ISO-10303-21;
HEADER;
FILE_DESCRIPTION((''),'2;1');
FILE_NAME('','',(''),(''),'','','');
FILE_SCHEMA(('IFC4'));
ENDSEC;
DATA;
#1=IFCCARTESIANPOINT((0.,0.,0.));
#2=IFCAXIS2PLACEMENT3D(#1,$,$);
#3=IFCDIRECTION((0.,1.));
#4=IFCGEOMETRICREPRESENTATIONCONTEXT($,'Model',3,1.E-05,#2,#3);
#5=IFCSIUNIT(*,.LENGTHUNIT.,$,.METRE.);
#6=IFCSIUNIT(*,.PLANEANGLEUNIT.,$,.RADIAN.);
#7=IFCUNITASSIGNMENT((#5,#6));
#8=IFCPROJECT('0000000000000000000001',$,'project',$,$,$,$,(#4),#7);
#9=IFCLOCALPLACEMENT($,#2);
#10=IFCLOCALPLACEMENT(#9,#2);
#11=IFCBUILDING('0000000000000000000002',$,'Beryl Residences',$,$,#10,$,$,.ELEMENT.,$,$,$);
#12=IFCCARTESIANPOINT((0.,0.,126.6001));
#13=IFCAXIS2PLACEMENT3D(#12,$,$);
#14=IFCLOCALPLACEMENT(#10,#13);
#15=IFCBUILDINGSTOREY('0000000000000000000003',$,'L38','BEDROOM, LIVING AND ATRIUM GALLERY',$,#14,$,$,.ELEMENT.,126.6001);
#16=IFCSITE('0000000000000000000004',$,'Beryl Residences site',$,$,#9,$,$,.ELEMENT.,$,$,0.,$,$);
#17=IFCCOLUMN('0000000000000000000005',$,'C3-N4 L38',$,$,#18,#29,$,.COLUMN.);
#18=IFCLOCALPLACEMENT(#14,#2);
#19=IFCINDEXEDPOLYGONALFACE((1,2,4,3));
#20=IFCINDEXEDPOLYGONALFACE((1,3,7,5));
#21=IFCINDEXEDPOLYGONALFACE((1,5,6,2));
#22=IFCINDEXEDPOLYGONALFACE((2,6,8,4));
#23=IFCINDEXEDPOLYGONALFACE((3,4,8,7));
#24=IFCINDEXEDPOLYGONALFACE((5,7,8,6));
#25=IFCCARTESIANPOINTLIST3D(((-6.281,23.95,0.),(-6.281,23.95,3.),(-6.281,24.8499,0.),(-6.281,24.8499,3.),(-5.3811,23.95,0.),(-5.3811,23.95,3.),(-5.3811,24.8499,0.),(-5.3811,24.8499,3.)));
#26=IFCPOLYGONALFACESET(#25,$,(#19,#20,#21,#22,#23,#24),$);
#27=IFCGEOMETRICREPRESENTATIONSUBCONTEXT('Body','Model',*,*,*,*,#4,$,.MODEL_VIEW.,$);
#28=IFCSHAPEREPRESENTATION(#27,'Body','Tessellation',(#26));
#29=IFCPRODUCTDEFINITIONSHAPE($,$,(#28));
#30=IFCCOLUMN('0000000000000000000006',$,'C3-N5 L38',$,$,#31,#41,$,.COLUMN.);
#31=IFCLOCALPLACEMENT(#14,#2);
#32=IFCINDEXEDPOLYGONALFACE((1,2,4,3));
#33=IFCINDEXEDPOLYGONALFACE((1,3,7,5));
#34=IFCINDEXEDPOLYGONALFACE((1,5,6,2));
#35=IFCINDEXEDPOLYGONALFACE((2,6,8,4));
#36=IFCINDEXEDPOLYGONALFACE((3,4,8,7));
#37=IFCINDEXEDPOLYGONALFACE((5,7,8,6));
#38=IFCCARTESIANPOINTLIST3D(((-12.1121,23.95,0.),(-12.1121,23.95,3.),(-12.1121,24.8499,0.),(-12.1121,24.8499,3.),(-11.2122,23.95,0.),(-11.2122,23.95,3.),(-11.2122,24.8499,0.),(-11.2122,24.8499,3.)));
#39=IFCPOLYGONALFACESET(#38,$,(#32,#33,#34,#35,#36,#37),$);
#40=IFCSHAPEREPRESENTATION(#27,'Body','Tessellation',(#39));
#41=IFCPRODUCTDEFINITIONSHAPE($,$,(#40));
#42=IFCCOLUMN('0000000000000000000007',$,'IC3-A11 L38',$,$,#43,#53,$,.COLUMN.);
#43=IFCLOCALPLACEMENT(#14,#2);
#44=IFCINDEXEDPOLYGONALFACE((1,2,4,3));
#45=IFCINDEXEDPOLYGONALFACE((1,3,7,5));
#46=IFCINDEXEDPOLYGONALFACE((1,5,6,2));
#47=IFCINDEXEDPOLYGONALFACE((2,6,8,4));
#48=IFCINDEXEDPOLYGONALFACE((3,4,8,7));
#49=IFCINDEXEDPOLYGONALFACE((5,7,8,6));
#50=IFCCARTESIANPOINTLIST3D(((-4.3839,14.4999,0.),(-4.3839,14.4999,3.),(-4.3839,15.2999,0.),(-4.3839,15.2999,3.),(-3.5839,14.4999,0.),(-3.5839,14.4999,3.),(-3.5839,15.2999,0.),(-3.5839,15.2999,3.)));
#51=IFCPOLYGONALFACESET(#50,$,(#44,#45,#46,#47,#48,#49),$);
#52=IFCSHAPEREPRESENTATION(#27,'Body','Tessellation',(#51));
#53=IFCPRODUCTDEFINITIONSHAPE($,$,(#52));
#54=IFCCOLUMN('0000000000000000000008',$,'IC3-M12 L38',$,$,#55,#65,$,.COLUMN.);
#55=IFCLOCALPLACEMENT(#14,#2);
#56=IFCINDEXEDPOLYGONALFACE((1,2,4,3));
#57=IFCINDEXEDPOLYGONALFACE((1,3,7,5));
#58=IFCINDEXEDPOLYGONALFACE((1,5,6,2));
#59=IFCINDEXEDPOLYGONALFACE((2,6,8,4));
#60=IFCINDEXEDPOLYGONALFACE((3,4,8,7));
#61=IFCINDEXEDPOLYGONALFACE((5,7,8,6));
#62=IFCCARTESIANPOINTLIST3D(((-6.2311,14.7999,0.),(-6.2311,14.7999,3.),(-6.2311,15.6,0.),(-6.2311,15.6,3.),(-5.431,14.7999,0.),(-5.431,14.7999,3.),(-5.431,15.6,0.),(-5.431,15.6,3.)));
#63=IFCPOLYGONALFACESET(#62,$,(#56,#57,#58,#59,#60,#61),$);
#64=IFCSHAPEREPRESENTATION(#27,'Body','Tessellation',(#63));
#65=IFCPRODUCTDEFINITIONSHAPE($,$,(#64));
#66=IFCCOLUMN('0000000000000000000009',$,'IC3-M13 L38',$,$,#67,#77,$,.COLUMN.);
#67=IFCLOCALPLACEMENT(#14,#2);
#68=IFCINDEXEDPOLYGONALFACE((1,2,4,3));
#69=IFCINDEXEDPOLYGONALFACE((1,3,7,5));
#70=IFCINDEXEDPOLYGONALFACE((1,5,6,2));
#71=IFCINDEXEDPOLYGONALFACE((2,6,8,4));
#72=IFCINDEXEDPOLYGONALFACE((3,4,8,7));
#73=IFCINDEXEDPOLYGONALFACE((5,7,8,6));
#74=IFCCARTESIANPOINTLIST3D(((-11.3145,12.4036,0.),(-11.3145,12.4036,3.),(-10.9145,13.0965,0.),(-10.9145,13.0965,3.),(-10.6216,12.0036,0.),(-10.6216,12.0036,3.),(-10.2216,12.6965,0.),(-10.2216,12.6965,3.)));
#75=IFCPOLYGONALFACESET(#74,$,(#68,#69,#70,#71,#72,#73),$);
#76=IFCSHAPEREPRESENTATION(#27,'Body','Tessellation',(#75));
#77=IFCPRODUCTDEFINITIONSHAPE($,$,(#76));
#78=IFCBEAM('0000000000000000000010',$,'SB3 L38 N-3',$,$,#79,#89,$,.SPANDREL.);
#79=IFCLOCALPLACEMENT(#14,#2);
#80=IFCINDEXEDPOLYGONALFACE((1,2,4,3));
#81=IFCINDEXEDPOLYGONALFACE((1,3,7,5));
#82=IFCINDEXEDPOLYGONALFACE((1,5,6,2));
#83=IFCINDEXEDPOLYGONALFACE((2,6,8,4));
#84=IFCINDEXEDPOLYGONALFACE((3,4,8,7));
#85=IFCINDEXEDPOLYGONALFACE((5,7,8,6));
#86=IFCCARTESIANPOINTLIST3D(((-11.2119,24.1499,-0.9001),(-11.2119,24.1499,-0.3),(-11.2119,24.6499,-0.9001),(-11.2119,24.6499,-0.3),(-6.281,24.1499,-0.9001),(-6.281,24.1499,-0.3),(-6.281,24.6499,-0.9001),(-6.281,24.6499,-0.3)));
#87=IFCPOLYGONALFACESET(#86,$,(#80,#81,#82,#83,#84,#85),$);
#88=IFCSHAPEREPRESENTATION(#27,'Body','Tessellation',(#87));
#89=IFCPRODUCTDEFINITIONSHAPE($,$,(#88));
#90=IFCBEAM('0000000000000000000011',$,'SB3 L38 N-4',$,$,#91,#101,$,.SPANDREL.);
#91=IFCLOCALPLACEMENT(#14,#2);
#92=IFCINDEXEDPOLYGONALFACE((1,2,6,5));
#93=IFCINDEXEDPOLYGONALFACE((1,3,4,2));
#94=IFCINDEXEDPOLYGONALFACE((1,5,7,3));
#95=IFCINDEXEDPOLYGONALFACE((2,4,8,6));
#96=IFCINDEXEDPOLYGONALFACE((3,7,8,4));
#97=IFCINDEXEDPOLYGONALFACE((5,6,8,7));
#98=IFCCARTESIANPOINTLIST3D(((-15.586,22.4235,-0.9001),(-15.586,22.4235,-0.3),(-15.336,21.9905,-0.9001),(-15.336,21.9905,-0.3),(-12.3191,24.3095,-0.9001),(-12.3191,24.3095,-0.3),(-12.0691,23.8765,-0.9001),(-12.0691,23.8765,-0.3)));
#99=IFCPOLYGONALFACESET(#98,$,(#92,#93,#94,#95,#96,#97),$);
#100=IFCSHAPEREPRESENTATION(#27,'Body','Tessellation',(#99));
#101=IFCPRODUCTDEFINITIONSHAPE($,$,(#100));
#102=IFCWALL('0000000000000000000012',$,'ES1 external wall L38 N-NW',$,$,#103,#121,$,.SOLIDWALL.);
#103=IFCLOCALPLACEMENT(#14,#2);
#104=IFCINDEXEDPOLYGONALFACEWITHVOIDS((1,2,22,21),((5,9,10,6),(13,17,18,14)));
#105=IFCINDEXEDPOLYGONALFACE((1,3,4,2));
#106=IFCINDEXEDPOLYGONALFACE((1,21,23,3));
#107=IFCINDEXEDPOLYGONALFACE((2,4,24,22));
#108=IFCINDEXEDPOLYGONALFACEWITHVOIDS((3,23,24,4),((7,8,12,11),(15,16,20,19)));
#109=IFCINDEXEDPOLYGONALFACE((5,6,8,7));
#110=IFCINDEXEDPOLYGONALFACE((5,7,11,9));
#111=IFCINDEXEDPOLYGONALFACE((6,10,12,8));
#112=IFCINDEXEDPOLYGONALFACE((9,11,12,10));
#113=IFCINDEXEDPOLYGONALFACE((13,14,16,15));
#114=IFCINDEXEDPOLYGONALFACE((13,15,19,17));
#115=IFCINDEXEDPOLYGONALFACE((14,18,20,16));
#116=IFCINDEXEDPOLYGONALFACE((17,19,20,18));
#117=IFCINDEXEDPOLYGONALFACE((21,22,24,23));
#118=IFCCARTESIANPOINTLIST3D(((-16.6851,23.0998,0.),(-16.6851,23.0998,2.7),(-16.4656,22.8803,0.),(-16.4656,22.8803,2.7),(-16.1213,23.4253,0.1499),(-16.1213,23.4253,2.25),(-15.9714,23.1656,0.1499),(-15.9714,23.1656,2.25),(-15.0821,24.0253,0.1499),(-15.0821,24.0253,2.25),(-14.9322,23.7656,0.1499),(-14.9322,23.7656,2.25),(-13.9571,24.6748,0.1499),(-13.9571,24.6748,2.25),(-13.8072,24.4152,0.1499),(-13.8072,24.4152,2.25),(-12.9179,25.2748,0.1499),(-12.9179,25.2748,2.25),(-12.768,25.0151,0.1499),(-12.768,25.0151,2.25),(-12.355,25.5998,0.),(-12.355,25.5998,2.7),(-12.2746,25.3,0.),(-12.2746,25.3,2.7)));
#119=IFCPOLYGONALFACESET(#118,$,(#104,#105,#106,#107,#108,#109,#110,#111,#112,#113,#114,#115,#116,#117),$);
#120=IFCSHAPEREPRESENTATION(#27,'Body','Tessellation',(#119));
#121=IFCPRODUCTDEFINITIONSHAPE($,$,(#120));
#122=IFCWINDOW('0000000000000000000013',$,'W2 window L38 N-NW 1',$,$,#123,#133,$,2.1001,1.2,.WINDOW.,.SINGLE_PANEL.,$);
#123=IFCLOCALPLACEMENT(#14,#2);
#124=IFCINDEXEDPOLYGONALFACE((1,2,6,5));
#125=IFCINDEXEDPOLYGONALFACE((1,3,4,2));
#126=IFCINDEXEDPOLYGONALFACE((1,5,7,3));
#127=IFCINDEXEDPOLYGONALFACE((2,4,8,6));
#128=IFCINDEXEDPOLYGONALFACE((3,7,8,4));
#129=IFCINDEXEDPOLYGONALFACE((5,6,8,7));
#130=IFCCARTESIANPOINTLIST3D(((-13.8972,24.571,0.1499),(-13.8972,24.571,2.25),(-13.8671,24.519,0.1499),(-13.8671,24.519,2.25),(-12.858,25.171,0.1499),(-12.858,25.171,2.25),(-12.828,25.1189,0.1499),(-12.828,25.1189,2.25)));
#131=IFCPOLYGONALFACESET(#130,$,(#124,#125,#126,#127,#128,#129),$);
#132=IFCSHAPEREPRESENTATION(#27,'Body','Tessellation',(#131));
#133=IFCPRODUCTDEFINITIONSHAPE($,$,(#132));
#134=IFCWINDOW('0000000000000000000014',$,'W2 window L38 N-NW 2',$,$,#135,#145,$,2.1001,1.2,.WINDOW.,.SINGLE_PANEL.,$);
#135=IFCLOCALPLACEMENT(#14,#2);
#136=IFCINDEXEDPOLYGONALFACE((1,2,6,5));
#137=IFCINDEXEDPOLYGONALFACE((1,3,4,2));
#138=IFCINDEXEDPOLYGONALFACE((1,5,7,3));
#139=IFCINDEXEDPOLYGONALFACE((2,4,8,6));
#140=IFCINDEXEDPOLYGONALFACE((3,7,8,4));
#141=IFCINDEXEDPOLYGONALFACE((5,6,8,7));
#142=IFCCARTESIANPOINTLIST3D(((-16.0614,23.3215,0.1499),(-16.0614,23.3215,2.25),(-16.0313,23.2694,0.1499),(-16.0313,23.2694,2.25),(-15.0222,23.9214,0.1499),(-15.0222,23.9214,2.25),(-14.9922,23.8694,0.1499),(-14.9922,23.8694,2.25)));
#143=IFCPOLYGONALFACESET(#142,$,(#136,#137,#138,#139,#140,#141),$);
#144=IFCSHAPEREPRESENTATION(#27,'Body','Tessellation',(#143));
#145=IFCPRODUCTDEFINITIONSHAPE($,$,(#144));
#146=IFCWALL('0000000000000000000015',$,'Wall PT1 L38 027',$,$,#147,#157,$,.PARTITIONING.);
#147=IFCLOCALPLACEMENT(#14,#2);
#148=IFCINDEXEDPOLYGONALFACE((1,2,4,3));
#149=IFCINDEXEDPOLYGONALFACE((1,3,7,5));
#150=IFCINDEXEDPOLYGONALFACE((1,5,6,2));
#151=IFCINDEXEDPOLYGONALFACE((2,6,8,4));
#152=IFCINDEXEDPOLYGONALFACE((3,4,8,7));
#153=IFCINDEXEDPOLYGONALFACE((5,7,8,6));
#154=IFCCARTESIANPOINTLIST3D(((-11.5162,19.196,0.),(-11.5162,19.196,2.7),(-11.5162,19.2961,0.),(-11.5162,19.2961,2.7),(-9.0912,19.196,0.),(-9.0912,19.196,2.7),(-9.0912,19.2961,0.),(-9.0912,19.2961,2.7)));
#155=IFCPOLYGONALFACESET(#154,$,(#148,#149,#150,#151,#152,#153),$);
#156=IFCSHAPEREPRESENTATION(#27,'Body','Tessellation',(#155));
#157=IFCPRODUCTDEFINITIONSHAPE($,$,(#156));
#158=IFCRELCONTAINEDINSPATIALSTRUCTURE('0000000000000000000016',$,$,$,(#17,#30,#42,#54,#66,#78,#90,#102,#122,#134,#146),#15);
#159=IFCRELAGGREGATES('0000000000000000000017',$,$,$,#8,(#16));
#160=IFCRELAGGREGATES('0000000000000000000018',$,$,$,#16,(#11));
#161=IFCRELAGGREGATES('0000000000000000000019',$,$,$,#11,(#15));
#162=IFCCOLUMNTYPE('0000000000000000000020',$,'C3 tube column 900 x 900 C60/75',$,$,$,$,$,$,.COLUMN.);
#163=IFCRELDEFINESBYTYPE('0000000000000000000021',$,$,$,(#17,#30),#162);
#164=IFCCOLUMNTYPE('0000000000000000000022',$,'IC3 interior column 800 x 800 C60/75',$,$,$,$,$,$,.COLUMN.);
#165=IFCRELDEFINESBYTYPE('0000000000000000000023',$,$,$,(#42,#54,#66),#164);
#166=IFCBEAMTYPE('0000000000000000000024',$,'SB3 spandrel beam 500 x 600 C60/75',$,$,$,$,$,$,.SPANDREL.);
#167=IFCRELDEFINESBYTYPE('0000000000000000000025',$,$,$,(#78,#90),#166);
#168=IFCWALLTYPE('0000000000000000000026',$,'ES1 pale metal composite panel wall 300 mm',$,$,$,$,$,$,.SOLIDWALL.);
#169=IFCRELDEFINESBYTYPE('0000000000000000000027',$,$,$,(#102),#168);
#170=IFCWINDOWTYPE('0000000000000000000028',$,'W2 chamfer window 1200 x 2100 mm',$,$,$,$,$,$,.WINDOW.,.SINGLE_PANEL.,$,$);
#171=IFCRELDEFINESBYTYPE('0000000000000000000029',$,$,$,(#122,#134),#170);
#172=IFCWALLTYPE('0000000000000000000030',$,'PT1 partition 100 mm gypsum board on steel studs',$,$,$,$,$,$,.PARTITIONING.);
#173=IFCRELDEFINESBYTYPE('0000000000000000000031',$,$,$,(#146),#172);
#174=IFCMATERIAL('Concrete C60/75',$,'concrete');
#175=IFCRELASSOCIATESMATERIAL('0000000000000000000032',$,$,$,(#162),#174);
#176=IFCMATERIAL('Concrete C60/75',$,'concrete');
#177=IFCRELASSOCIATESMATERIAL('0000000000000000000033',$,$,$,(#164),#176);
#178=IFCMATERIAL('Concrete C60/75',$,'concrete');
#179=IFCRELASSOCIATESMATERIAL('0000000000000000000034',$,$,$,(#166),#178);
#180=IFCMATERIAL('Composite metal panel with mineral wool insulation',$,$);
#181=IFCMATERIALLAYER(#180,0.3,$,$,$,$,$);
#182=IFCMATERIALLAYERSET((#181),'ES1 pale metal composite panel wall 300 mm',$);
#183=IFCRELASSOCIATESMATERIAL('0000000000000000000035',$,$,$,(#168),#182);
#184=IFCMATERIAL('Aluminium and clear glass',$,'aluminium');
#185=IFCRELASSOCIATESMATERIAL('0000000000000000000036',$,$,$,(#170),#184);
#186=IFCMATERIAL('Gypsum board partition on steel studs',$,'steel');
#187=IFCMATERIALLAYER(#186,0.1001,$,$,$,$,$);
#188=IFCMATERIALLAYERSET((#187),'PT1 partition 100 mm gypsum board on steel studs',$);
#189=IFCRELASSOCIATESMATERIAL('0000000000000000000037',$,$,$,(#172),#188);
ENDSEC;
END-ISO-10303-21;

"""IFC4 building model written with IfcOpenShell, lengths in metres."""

from ifc_helpers import new_model, si_unit, direction, frame, frame_2d, origin, origin_2d, place, context, subcontext, project, spatial, polyline, rectangle, outline, extrude, material, layer, layer_set, material_profile, profile_set, type_object, element, fill, save


model = new_model("IFC4")

# Units and contexts
model_context = context("Model", 3, precision=1e-05, world=origin(), true_north=direction((0.0, 1.0)))
body_context = subcontext(model_context, "Body", "Model", "MODEL_VIEW")
ifc_project = project(units=[si_unit("LENGTHUNIT", "METRE"), si_unit("PLANEANGLEUNIT", "RADIAN")], contexts=[model_context])

# Site, building, storey
site_placement = place(None, origin())
site = spatial("IfcSite", under=ifc_project, at=site_placement, Name="Beryl Residences site", CompositionType="ELEMENT", RefElevation=0.0)
building_placement = place(site_placement, origin())
building = spatial("IfcBuilding", under=site, at=building_placement, Name="Beryl Residences", CompositionType="ELEMENT")
storey_placement = place(building_placement, frame((0.0, 0.0, 126.6001)))
storey = spatial("IfcBuildingStorey", under=building, at=storey_placement, Name="L38", Description="BEDROOM, LIVING AND ATRIUM GALLERY", CompositionType="ELEMENT", Elevation=126.6001)

# Columns
ifc_material_1 = material(Name="Concrete C60/75", Category="concrete")
ifc_material_profile_1 = material_profile(ifc_material_1, rectangle(XDim=0.8999, YDim=0.8999, at=origin_2d()))
ifc_profile_set_1 = profile_set([ifc_material_profile_1], Name="Concrete C60/75")
column_type_1 = type_object("IfcColumnType", Name="C3 tube column 900 x 900 C60/75", PredefinedType="COLUMN", material=ifc_profile_set_1)
for number, where, z_axis, x_axis, name in (
    (1, (-5.8311, 24.3999, 0.0), (0.0, 0.0, 1.0), (-1.0, 0.0, 0.0), "C3-N4 L38"),
    (2, (-11.6621, 24.3999, 0.0), (0.0, 0.0, 1.0), (-1.0, 0.0, 0.0), "C3-N5 L38"),
):
    element("IfcColumn", number, at=place(storey_placement, frame(where, z_axis=z_axis, x_axis=x_axis)), inside=storey, type_object=column_type_1, Name=name, PredefinedType="COLUMN", context=body_context, shape_type="SweptSolid", body=[
        extrude(rectangle(XDim=0.8999, YDim=0.8999, at=origin_2d()), origin(), (0.0, 0.0, 1.0), 3.0),
    ])
ifc_material_2 = material(Name="Concrete C60/75", Category="concrete")
ifc_material_profile_2 = material_profile(ifc_material_2, rectangle(XDim=0.8, YDim=0.8, at=origin_2d()))
ifc_profile_set_2 = profile_set([ifc_material_profile_2], Name="Concrete C60/75")
column_type_2 = type_object("IfcColumnType", Name="IC3 interior column 800 x 800 C60/75", PredefinedType="COLUMN", material=ifc_profile_set_2)
for number, where, z_axis, x_axis, name in (
    (3, (-3.9839, 14.8999, 0.0), (0.0, 0.0, 1.0), (1.0, 0.0, 0.0), "IC3-A11 L38"),
    (4, (-5.8311, 15.2, 0.0), (0.0, 0.0, 1.0), (-1.0, 0.0, 0.0), "IC3-M12 L38"),
    (5, (-10.7681, 12.55, 0.0), (0.0, 0.0, 1.0), (-0.5, -0.866025, 0.0), "IC3-M13 L38"),
):
    element("IfcColumn", number, at=place(storey_placement, frame(where, z_axis=z_axis, x_axis=x_axis)), inside=storey, type_object=column_type_2, Name=name, PredefinedType="COLUMN", context=body_context, shape_type="SweptSolid", body=[
        extrude(rectangle(XDim=0.8, YDim=0.8, at=origin_2d()), origin(), (0.0, 0.0, 1.0), 3.0),
    ])

# Beams
ifc_material_3 = material(Name="Concrete C60/75", Category="concrete")
ifc_material_profile_3 = material_profile(ifc_material_3, rectangle(XDim=0.5, YDim=0.6001, at=origin_2d()))
ifc_profile_set_3 = profile_set([ifc_material_profile_3], Name="Concrete C60/75")
beam_type = type_object("IfcBeamType", Name="SB3 spandrel beam 500 x 600 C60/75", PredefinedType="SPANDREL", material=ifc_profile_set_3)
beam_1_placement = place(storey_placement, frame((-6.281, 24.3999, -0.6001), z_axis=(-1.0, 0.0, 0.0), x_axis=(0.0, -1.0, 0.0)))
element("IfcBeam", 6, at=beam_1_placement, inside=storey, type_object=beam_type, Name="SB3 L38 N-3", PredefinedType="SPANDREL", context=body_context, shape_type="SweptSolid", body=[
    extrude(rectangle(XDim=0.5, YDim=0.6001, at=origin_2d()), origin(), (0.0, 0.0, 1.0), 4.9309),
])
beam_2_placement = place(storey_placement, frame((-12.1941, 24.093, -0.6001), z_axis=(-0.86604, -0.499975, 0.0), x_axis=(0.499975, -0.86604, 0.0)))
element("IfcBeam", 7, at=beam_2_placement, inside=storey, type_object=beam_type, Name="SB3 L38 N-4", PredefinedType="SPANDREL", context=body_context, shape_type="SweptSolid", body=[
    extrude(rectangle(XDim=0.5, YDim=0.6001, at=origin_2d()), origin(), (0.0, 0.0, 1.0), 3.7722),
])

# Wall, openings, windows
ifc_material_4 = material(Name="Composite metal panel with mineral wool insulation")
ifc_layer_1 = layer(ifc_material_4, 0.3)
ifc_layer_set_1 = layer_set([ifc_layer_1], Name="ES1 pale metal composite panel wall 300 mm")
wall_type_1 = type_object("IfcWallType", Name="ES1 pale metal composite panel wall 300 mm", PredefinedType="SOLIDWALL", material=ifc_layer_set_1)
wall_1_placement = place(storey_placement, frame((-12.28, 25.47, 0.0), z_axis=(0.0, 0.0, 1.0), x_axis=(-0.866023, -0.500004, 0.0)))
wall_1 = element("IfcWall", 8, at=wall_1_placement, inside=storey, type_object=wall_type_1, Name="ES1 external wall L38 N-NW", PredefinedType="SOLIDWALL", context=body_context, shape_type="SweptSolid", body=[
    extrude(outline(polyline([(0.0, -0.1499), (5.0, -0.1499), (4.9197, 0.1499), (0.0803, 0.1499), (0.0, -0.1499)])), origin(), (0.0, 0.0, 1.0), 2.7),
])
opening_1_placement = place(wall_1_placement, frame((0.6499, 0.0, 0.1499)))
opening_1 = element("IfcOpeningElement", 9, at=opening_1_placement, cuts=wall_1, PredefinedType="OPENING", context=body_context, shape_type="SweptSolid", body=[
    extrude(rectangle(XDim=1.2, YDim=2.1001, at=frame_2d((0.6001, 1.05))), frame((0.0, 0.1599, 0.0), z_axis=(0.0, -1.0, 0.0), x_axis=(1.0, 0.0, 0.0)), (0.0, 0.0, 1.0), 0.3201),
])
opening_2_placement = place(wall_1_placement, frame((3.1489, 0.0, 0.1499)))
opening_2 = element("IfcOpeningElement", 10, at=opening_2_placement, cuts=wall_1, PredefinedType="OPENING", context=body_context, shape_type="SweptSolid", body=[
    extrude(rectangle(XDim=1.2, YDim=2.1001, at=frame_2d((0.6001, 1.05))), frame((0.0, 0.1599, 0.0), z_axis=(0.0, -1.0, 0.0), x_axis=(1.0, 0.0, 0.0)), (0.0, 0.0, 1.0), 0.3201),
])
ifc_material_5 = material(Name="Aluminium and clear glass", Category="aluminium")
window_type = type_object("IfcWindowType", Name="W2 chamfer window 1200 x 2100 mm", PartitioningType="SINGLE_PANEL", PredefinedType="WINDOW", material=ifc_material_5)
window_1_placement = place(opening_1_placement, origin())
window_1 = element("IfcWindow", 11, at=window_1_placement, inside=storey, type_object=window_type, Name="W2 window L38 N-NW 1", OverallHeight=2.1001, OverallWidth=1.2, PartitioningType="SINGLE_PANEL", PredefinedType="WINDOW", context=body_context, shape_type="SweptSolid", body=[
    extrude(rectangle(XDim=1.2, YDim=2.1001, at=frame_2d((0.6001, 1.05))), frame((0.0, 0.03, 0.0), z_axis=(0.0, -1.0, 0.0), x_axis=(1.0, 0.0, 0.0)), (0.0, 0.0, 1.0), 0.0601),
])
fill(opening_1, window_1)
window_2_placement = place(opening_2_placement, origin())
window_2 = element("IfcWindow", 12, at=window_2_placement, inside=storey, type_object=window_type, Name="W2 window L38 N-NW 2", OverallHeight=2.1001, OverallWidth=1.2, PartitioningType="SINGLE_PANEL", PredefinedType="WINDOW", context=body_context, shape_type="SweptSolid", body=[
    extrude(rectangle(XDim=1.2, YDim=2.1001, at=frame_2d((0.6001, 1.05))), frame((0.0, 0.03, 0.0), z_axis=(0.0, -1.0, 0.0), x_axis=(1.0, 0.0, 0.0)), (0.0, 0.0, 1.0), 0.0601),
])
fill(opening_2, window_2)

# Wall
ifc_material_6 = material(Name="Gypsum board partition on steel studs", Category="steel")
ifc_layer_2 = layer(ifc_material_6, 0.1001)
ifc_layer_set_2 = layer_set([ifc_layer_2], Name="PT1 partition 100 mm gypsum board on steel studs")
wall_type_2 = type_object("IfcWallType", Name="PT1 partition 100 mm gypsum board on steel studs", PredefinedType="PARTITIONING", material=ifc_layer_set_2)
wall_2_placement = place(storey_placement, frame((-11.5161, 19.2461, 0.0), z_axis=(0.0, 0.0, 1.0), x_axis=(1.0, 0.0, 0.0)))
element("IfcWall", 13, at=wall_2_placement, inside=storey, type_object=wall_type_2, Name="Wall PT1 L38 027", PredefinedType="PARTITIONING", context=body_context, shape_type="SweptSolid", body=[
    extrude(rectangle(XDim=2.425, YDim=0.1001, at=frame_2d((1.2124, 0.0))), origin(), (0.0, 0.0, 1.0), 2.7),
])

save(model, "model.ifc")
